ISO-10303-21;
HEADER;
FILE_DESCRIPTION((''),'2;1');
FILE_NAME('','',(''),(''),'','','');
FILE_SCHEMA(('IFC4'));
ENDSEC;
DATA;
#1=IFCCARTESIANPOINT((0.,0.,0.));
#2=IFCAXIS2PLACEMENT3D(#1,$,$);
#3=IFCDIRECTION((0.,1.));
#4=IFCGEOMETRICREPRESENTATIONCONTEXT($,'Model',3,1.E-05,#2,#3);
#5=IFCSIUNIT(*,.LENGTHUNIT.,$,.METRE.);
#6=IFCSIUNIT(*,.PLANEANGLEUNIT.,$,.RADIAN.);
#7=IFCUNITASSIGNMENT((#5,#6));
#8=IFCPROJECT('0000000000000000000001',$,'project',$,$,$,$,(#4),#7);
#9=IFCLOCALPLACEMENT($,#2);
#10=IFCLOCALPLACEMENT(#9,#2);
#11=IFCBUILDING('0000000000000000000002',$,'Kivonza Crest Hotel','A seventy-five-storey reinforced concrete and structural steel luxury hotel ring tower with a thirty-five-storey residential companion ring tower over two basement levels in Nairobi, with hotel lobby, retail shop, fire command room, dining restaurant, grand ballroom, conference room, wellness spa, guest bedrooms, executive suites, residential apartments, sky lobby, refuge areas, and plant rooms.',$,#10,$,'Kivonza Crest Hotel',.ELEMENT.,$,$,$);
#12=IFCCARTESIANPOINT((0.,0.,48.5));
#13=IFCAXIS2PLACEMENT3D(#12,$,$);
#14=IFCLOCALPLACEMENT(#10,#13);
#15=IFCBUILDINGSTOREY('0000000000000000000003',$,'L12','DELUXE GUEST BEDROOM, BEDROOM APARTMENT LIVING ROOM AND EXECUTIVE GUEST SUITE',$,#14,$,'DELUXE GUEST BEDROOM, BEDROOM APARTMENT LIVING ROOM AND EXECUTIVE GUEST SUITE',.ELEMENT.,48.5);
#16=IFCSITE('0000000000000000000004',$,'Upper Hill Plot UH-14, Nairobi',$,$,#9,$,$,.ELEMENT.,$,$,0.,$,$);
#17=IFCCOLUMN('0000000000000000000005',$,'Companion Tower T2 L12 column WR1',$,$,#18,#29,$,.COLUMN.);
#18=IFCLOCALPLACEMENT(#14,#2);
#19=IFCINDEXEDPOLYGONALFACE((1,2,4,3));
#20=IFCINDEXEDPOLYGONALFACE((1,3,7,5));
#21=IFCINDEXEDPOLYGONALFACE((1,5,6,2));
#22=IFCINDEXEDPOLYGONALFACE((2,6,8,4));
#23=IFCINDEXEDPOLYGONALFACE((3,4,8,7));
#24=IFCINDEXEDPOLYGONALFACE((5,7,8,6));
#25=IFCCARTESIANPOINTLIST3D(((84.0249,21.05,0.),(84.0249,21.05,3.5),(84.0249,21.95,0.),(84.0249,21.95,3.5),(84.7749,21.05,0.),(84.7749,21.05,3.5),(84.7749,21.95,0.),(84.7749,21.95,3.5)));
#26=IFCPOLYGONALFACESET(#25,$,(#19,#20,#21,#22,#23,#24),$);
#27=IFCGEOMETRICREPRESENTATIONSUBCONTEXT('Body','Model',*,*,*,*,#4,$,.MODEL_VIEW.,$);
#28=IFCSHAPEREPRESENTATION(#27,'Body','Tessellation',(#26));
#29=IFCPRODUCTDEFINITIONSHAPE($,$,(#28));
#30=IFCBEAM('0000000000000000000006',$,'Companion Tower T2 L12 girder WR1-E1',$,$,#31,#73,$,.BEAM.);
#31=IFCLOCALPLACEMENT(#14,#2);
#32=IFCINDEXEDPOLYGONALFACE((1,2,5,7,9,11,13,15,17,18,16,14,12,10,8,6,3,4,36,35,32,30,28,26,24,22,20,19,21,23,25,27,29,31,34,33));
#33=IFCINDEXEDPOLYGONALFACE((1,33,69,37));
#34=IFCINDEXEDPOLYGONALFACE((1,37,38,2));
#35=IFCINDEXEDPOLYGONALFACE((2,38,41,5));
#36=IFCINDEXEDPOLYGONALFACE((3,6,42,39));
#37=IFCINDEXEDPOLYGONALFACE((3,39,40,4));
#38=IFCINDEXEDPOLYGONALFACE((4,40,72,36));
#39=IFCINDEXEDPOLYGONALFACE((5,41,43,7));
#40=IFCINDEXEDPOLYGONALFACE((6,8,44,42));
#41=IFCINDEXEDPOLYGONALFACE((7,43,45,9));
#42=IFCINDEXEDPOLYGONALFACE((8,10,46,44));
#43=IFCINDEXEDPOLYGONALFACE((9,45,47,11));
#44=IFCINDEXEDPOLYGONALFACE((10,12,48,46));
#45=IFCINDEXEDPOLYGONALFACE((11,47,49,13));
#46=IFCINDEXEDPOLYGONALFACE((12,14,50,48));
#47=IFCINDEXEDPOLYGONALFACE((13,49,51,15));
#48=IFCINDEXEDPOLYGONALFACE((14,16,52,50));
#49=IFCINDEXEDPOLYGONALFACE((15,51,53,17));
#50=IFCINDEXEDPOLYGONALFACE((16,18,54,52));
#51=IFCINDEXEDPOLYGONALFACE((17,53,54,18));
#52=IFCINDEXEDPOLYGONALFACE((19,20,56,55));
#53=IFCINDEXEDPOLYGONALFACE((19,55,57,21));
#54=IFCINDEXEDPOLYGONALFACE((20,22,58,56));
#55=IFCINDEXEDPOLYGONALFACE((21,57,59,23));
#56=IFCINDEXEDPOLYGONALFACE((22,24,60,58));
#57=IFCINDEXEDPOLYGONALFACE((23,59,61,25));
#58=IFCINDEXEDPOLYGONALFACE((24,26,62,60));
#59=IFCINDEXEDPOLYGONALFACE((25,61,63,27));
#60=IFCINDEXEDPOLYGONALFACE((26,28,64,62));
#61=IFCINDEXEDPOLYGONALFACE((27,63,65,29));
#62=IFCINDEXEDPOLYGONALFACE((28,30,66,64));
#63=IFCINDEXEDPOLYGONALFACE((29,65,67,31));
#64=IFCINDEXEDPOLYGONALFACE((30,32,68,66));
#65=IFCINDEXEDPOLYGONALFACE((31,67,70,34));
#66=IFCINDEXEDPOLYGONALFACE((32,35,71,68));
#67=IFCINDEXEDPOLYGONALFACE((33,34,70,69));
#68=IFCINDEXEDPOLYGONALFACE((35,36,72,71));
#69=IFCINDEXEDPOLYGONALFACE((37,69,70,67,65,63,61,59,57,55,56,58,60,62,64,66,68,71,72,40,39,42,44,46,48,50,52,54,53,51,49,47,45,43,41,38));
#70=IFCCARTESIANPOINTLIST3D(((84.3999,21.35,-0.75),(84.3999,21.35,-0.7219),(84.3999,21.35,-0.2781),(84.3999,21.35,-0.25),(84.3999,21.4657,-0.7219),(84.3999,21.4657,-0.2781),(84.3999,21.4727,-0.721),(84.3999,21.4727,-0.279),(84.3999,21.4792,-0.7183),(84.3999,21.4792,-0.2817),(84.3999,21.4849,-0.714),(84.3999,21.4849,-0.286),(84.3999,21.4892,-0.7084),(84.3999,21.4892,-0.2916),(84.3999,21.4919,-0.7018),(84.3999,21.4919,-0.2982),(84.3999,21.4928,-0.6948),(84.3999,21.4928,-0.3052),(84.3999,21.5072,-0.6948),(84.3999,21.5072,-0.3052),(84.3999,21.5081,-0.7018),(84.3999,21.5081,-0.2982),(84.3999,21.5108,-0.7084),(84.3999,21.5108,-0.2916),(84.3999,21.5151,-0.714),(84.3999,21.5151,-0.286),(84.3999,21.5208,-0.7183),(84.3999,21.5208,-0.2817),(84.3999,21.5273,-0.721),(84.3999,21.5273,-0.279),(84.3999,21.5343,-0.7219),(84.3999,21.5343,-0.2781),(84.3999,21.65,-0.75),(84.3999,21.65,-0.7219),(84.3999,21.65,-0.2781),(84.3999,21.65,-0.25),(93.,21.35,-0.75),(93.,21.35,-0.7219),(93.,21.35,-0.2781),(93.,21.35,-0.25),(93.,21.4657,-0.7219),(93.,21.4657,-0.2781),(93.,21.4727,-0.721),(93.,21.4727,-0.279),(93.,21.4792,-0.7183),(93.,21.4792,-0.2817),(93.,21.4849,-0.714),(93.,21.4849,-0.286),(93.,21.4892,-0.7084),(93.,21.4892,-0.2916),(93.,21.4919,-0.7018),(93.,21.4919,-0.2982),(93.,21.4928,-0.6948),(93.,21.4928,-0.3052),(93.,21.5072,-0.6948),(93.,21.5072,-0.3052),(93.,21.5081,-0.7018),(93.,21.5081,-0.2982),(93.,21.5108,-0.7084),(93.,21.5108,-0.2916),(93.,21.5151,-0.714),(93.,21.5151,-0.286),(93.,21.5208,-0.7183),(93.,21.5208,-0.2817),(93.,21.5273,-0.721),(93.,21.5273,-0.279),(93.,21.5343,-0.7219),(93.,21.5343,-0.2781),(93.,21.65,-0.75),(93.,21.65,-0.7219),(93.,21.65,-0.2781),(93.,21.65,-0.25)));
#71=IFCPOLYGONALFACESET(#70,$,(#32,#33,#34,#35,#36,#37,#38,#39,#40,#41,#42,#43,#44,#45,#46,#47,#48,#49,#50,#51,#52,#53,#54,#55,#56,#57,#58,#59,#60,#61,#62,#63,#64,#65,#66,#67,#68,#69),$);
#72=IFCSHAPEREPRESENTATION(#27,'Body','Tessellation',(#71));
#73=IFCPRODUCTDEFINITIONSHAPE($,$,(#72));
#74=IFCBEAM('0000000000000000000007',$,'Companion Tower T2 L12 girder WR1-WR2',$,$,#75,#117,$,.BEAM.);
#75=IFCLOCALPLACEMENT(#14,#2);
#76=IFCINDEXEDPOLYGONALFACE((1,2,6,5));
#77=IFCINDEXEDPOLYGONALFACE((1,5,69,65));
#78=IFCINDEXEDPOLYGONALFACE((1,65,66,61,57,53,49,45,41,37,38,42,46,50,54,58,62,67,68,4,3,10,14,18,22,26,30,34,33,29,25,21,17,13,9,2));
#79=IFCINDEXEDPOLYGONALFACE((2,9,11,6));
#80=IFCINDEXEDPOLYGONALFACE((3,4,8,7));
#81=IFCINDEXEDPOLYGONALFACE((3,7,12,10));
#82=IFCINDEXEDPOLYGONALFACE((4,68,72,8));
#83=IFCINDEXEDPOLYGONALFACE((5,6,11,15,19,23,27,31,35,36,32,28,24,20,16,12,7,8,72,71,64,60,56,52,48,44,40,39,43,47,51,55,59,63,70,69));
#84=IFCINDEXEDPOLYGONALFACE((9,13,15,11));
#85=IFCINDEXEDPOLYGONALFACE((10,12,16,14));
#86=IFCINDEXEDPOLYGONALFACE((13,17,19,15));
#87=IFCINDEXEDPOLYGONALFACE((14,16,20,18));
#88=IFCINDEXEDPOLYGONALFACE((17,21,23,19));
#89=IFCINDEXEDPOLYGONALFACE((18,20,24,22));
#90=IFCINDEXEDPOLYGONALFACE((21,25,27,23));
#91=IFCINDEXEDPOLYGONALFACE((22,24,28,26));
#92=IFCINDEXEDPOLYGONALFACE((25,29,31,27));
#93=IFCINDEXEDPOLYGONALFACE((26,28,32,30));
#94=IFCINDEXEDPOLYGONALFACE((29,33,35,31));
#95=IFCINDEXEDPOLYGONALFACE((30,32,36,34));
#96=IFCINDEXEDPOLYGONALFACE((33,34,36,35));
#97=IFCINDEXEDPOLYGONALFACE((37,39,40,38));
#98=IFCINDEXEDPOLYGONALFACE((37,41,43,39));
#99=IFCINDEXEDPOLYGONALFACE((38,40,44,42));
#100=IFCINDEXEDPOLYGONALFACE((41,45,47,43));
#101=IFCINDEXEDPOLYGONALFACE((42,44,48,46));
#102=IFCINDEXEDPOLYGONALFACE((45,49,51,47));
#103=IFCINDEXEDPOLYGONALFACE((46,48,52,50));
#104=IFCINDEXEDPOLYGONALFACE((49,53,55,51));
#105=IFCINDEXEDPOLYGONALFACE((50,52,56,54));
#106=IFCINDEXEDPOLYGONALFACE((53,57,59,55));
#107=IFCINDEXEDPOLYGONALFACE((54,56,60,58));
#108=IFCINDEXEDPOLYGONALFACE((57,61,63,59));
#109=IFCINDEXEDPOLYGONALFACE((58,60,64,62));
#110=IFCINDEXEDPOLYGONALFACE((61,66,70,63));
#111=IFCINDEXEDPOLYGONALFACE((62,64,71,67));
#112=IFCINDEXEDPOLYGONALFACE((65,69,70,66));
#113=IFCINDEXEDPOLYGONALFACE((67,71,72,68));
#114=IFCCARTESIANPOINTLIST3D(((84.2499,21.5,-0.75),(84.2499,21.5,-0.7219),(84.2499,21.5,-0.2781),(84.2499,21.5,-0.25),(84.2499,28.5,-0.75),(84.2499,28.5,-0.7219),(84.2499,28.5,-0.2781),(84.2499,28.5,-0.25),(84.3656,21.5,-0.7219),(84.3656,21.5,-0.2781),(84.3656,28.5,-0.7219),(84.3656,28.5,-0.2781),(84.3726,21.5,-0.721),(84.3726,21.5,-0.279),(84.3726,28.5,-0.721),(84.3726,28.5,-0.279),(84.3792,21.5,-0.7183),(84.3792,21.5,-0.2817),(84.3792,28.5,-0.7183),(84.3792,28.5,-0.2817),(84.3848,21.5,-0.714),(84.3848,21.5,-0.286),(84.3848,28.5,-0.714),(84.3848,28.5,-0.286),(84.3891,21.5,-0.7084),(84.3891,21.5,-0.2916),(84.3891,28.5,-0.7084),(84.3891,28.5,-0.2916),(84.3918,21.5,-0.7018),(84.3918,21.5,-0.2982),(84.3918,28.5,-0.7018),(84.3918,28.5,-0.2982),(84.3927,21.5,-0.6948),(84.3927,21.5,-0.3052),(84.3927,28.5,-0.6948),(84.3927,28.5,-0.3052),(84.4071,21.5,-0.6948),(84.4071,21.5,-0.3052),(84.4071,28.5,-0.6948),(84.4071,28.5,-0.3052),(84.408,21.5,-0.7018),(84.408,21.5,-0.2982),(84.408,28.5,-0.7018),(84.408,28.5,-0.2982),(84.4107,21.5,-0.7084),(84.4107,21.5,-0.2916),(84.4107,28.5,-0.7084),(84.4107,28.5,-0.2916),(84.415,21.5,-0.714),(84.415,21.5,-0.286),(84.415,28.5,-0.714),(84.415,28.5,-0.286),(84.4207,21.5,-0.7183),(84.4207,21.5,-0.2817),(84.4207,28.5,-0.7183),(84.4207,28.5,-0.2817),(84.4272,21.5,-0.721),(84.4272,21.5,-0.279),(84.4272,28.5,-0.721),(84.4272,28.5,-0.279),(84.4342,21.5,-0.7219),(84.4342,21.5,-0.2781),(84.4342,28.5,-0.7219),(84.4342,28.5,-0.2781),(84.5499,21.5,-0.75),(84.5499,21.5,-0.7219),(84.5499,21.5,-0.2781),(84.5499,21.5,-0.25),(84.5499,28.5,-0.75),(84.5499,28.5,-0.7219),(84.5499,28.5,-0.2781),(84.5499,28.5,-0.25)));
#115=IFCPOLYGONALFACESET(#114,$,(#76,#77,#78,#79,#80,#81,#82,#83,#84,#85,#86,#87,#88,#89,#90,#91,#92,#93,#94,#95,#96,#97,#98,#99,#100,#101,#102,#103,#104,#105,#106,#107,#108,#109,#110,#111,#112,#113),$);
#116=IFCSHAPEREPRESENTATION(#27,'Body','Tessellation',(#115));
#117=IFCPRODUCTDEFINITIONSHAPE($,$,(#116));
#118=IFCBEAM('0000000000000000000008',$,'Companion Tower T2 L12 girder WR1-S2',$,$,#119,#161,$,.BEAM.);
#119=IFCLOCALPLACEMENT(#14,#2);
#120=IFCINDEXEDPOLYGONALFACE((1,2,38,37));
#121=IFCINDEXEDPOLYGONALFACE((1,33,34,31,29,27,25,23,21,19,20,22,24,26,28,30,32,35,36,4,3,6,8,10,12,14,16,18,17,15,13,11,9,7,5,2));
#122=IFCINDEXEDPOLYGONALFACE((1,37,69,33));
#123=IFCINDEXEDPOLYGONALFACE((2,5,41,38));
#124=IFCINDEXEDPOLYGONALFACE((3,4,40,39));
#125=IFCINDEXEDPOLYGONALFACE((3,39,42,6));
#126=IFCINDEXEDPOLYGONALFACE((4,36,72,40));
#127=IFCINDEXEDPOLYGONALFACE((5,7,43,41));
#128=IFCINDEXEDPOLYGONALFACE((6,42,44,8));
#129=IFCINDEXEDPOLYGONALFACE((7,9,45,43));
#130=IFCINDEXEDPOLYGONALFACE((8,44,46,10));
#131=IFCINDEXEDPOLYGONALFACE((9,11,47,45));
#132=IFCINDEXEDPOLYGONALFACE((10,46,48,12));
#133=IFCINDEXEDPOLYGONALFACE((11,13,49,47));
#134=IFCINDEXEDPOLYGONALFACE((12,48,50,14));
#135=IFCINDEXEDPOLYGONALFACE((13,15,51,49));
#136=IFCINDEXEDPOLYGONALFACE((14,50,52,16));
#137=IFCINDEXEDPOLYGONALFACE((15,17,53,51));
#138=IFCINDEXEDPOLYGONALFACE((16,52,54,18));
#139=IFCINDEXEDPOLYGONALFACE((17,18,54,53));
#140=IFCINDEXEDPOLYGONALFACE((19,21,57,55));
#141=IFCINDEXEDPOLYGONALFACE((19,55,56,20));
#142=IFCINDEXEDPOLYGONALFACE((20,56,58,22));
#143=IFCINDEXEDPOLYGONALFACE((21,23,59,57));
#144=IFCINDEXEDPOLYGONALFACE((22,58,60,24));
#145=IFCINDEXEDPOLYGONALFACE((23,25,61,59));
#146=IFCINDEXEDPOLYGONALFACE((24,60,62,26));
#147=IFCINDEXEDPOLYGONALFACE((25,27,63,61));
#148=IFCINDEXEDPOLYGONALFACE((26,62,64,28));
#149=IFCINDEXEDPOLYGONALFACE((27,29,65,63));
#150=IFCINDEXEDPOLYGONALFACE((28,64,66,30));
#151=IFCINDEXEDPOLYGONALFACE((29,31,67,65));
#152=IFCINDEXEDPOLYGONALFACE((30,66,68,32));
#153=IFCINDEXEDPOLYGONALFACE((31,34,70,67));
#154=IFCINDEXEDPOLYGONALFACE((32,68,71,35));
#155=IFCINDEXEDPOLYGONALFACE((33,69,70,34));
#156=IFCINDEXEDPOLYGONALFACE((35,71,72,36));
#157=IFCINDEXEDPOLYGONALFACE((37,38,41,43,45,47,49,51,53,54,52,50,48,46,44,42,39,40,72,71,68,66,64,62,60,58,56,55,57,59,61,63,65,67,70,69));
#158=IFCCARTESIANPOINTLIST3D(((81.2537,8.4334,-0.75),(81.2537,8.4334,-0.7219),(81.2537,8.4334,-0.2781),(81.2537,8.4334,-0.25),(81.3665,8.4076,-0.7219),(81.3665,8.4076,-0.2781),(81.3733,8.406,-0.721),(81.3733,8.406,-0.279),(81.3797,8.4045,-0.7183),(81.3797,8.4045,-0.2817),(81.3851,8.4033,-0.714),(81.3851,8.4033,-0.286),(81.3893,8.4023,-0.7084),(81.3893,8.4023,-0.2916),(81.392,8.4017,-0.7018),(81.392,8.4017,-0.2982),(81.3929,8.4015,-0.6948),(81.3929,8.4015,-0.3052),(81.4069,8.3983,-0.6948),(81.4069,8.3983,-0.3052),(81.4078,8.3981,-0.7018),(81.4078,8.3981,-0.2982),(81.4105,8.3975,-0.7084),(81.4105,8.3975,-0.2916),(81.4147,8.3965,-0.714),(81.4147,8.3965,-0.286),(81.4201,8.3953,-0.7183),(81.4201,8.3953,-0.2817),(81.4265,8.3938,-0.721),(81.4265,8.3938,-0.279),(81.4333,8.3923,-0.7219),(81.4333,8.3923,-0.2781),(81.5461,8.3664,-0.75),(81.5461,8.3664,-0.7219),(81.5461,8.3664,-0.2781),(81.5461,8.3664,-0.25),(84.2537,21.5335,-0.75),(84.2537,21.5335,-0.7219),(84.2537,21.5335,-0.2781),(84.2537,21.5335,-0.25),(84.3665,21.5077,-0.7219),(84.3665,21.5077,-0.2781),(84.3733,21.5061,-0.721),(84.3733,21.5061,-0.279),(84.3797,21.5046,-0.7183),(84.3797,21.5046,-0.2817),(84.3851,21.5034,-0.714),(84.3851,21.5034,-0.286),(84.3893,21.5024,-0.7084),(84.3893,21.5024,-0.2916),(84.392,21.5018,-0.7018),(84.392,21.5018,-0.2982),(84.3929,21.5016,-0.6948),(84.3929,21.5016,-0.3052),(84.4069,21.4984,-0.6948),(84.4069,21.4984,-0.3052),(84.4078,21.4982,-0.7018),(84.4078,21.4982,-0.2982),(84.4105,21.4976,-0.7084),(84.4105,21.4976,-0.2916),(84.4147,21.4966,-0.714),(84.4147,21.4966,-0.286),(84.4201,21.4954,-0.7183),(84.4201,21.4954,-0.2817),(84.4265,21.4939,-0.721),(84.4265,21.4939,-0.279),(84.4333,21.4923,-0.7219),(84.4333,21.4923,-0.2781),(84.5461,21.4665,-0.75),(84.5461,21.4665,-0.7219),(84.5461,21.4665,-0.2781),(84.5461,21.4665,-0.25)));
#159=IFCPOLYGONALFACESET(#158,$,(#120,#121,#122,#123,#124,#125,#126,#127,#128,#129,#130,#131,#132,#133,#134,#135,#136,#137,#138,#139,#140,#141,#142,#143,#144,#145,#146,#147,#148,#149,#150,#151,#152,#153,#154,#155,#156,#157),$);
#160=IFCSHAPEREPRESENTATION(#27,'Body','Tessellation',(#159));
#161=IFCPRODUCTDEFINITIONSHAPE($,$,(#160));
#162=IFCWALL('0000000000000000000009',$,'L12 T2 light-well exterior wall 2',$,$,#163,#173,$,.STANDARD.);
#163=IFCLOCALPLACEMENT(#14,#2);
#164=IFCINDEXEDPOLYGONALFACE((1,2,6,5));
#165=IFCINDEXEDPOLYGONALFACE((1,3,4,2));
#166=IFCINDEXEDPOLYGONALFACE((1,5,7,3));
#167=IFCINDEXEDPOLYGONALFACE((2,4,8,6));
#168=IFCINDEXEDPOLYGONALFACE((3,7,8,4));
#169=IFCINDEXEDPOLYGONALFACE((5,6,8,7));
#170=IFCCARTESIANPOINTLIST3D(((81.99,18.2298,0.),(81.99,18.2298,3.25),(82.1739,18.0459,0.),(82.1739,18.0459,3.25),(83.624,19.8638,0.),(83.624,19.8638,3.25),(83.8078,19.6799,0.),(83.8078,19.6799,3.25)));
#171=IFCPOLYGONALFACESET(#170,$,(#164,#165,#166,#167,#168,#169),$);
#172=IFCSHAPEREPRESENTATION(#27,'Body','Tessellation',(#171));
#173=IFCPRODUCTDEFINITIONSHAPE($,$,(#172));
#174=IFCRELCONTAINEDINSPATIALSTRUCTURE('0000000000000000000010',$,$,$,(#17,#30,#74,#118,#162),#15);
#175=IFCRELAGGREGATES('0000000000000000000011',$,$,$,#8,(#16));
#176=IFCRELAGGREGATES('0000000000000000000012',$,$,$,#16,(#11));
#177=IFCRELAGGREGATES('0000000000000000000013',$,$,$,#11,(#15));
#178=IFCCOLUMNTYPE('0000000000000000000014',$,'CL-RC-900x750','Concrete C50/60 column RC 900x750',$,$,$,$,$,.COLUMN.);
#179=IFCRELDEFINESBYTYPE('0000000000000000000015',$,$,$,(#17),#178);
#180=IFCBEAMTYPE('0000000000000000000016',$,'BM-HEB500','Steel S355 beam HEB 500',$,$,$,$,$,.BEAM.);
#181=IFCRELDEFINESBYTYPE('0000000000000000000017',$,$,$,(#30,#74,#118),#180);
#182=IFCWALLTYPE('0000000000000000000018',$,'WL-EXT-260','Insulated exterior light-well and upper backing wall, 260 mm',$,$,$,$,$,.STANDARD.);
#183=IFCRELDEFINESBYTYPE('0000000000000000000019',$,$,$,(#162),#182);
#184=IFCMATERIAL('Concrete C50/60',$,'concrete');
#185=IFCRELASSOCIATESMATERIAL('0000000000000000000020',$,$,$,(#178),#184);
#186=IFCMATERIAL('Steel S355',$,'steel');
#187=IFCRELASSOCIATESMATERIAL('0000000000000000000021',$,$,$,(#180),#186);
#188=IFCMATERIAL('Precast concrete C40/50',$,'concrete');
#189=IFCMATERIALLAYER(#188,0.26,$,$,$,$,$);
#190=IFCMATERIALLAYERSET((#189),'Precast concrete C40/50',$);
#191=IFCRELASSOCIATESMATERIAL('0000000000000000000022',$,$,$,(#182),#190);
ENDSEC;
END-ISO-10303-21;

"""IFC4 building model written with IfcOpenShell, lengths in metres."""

from ifc_helpers import new_model, si_unit, direction, frame, frame_2d, origin, origin_2d, place, context, subcontext, project, spatial, rectangle, i_section, extrude, material, layer, layer_set, material_profile, profile_set, type_object, element, save


model = new_model("IFC4")

# Units and contexts
model_context = context("Model", 3, precision=1e-05, world=origin(), true_north=direction((0.0, 1.0)))
body_context = subcontext(model_context, "Body", "Model", "MODEL_VIEW")
ifc_project = project(units=[si_unit("LENGTHUNIT", "METRE"), si_unit("PLANEANGLEUNIT", "RADIAN")], contexts=[model_context])

# Site, building, storey
site_placement = place(None, origin())
site = spatial("IfcSite", under=ifc_project, at=site_placement, Name="Upper Hill Plot UH-14, Nairobi", CompositionType="ELEMENT", RefElevation=0.0)
building_placement = place(site_placement, origin())
building = spatial("IfcBuilding", under=site, at=building_placement, Name="Kivonza Crest Hotel", Description="A seventy-five-storey reinforced concrete and structural steel luxury hotel ring tower with a thirty-five-storey residential companion ring tower over two basement levels in Nairobi, with hotel lobby, retail shop, fire command room, dining restaurant, grand ballroom, conference room, wellness spa, guest bedrooms, executive suites, residential apartments, sky lobby, refuge areas, and plant rooms.", LongName="Kivonza Crest Hotel", CompositionType="ELEMENT")
storey_placement = place(building_placement, frame((0.0, 0.0, 48.5)))
storey = spatial("IfcBuildingStorey", under=building, at=storey_placement, Name="L12", Description="DELUXE GUEST BEDROOM, BEDROOM APARTMENT LIVING ROOM AND EXECUTIVE GUEST SUITE", LongName="DELUXE GUEST BEDROOM, BEDROOM APARTMENT LIVING ROOM AND EXECUTIVE GUEST SUITE", CompositionType="ELEMENT", Elevation=48.5)

# Column
ifc_material_1 = material(Name="Concrete C50/60", Category="concrete")
ifc_material_profile_1 = material_profile(ifc_material_1, rectangle(XDim=0.75, YDim=0.8999, at=origin_2d()), Name="RC 900x750")
ifc_profile_set_1 = profile_set([ifc_material_profile_1], Name="Concrete C50/60")
column_type = type_object("IfcColumnType", Name="CL-RC-900x750", Description="Concrete C50/60 column RC 900x750", PredefinedType="COLUMN", material=ifc_profile_set_1)
column_placement = place(storey_placement, frame((84.3999, 21.5, 0.0), z_axis=(0.0, 0.0, 1.0), x_axis=(1.0, 0.0, 0.0)))
element("IfcColumn", 1, at=column_placement, inside=storey, type_object=column_type, Name="Companion Tower T2 L12 column WR1", PredefinedType="COLUMN", context=body_context, shape_type="SweptSolid", body=[
    extrude(rectangle(XDim=0.75, YDim=0.8999, at=origin_2d()), origin(), (0.0, 0.0, 1.0), 3.5),
])

# Beams
ifc_material_2 = material(Name="Steel S355", Category="steel")
ifc_material_profile_2 = material_profile(ifc_material_2, i_section(OverallWidth=0.3, OverallDepth=0.5, WebThickness=0.0144, FlangeThickness=0.0281, FilletRadius=0.0271, at=origin_2d()), Name="HEB 500")
ifc_profile_set_2 = profile_set([ifc_material_profile_2], Name="Steel S355")
beam_type = type_object("IfcBeamType", Name="BM-HEB500", Description="Steel S355 beam HEB 500", PredefinedType="BEAM", material=ifc_profile_set_2)
beam_1_placement = place(storey_placement, frame((84.3999, 21.5, -0.5), z_axis=(1.0, 0.0, 0.0), x_axis=(0.0, 1.0, 0.0)))
element("IfcBeam", 2, at=beam_1_placement, inside=storey, type_object=beam_type, Name="Companion Tower T2 L12 girder WR1-E1", PredefinedType="BEAM", context=body_context, shape_type="SweptSolid", body=[
    extrude(i_section(OverallWidth=0.3, OverallDepth=0.5, WebThickness=0.0144, FlangeThickness=0.0281, FilletRadius=0.0271, at=origin_2d()), origin(), (0.0, 0.0, 1.0), 8.6001),
])
beam_2_placement = place(storey_placement, frame((84.3999, 21.5, -0.5), z_axis=(0.0, 1.0, 0.0), x_axis=(-1.0, 0.0, 0.0)))
element("IfcBeam", 3, at=beam_2_placement, inside=storey, type_object=beam_type, Name="Companion Tower T2 L12 girder WR1-WR2", PredefinedType="BEAM", context=body_context, shape_type="SweptSolid", body=[
    extrude(i_section(OverallWidth=0.3, OverallDepth=0.5, WebThickness=0.0144, FlangeThickness=0.0281, FilletRadius=0.0271, at=origin_2d()), origin(), (0.0, 0.0, 1.0), 7.0),
])
beam_3_placement = place(storey_placement, frame((84.3999, 21.5, -0.5), z_axis=(-0.223227, -0.974766, 0.0), x_axis=(0.974766, -0.223227, 0.0)))
element("IfcBeam", 4, at=beam_3_placement, inside=storey, type_object=beam_type, Name="Companion Tower T2 L12 girder WR1-S2", PredefinedType="BEAM", context=body_context, shape_type="SweptSolid", body=[
    extrude(i_section(OverallWidth=0.3, OverallDepth=0.5, WebThickness=0.0144, FlangeThickness=0.0281, FilletRadius=0.0271, at=origin_2d()), origin(), (0.0, 0.0, 1.0), 13.4392),
])

# Wall
ifc_material_3 = material(Name="Precast concrete C40/50", Category="concrete")
ifc_layer_1 = layer(ifc_material_3, 0.26)
ifc_layer_set_1 = layer_set([ifc_layer_1], Name="Precast concrete C40/50")
wall_type_1 = type_object("IfcWallType", Name="WL-EXT-260", Description="Insulated exterior light-well and upper backing wall, 260 mm", PredefinedType="STANDARD", material=ifc_layer_set_1)
wall_1_placement = place(storey_placement, frame((82.082, 18.1379, 0.0), z_axis=(0.0, 0.0, 1.0), x_axis=(0.707107, 0.707107, 0.0)))
element("IfcWall", 5, at=wall_1_placement, inside=storey, type_object=wall_type_1, Name="L12 T2 light-well exterior wall 2", PredefinedType="STANDARD", context=body_context, shape_type="SweptSolid", body=[
    extrude(rectangle(XDim=2.3108, YDim=0.26, at=frame_2d((1.1553, 0.0))), origin(), (0.0, 0.0, 1.0), 3.25),
])

save(model, "model.ifc")
